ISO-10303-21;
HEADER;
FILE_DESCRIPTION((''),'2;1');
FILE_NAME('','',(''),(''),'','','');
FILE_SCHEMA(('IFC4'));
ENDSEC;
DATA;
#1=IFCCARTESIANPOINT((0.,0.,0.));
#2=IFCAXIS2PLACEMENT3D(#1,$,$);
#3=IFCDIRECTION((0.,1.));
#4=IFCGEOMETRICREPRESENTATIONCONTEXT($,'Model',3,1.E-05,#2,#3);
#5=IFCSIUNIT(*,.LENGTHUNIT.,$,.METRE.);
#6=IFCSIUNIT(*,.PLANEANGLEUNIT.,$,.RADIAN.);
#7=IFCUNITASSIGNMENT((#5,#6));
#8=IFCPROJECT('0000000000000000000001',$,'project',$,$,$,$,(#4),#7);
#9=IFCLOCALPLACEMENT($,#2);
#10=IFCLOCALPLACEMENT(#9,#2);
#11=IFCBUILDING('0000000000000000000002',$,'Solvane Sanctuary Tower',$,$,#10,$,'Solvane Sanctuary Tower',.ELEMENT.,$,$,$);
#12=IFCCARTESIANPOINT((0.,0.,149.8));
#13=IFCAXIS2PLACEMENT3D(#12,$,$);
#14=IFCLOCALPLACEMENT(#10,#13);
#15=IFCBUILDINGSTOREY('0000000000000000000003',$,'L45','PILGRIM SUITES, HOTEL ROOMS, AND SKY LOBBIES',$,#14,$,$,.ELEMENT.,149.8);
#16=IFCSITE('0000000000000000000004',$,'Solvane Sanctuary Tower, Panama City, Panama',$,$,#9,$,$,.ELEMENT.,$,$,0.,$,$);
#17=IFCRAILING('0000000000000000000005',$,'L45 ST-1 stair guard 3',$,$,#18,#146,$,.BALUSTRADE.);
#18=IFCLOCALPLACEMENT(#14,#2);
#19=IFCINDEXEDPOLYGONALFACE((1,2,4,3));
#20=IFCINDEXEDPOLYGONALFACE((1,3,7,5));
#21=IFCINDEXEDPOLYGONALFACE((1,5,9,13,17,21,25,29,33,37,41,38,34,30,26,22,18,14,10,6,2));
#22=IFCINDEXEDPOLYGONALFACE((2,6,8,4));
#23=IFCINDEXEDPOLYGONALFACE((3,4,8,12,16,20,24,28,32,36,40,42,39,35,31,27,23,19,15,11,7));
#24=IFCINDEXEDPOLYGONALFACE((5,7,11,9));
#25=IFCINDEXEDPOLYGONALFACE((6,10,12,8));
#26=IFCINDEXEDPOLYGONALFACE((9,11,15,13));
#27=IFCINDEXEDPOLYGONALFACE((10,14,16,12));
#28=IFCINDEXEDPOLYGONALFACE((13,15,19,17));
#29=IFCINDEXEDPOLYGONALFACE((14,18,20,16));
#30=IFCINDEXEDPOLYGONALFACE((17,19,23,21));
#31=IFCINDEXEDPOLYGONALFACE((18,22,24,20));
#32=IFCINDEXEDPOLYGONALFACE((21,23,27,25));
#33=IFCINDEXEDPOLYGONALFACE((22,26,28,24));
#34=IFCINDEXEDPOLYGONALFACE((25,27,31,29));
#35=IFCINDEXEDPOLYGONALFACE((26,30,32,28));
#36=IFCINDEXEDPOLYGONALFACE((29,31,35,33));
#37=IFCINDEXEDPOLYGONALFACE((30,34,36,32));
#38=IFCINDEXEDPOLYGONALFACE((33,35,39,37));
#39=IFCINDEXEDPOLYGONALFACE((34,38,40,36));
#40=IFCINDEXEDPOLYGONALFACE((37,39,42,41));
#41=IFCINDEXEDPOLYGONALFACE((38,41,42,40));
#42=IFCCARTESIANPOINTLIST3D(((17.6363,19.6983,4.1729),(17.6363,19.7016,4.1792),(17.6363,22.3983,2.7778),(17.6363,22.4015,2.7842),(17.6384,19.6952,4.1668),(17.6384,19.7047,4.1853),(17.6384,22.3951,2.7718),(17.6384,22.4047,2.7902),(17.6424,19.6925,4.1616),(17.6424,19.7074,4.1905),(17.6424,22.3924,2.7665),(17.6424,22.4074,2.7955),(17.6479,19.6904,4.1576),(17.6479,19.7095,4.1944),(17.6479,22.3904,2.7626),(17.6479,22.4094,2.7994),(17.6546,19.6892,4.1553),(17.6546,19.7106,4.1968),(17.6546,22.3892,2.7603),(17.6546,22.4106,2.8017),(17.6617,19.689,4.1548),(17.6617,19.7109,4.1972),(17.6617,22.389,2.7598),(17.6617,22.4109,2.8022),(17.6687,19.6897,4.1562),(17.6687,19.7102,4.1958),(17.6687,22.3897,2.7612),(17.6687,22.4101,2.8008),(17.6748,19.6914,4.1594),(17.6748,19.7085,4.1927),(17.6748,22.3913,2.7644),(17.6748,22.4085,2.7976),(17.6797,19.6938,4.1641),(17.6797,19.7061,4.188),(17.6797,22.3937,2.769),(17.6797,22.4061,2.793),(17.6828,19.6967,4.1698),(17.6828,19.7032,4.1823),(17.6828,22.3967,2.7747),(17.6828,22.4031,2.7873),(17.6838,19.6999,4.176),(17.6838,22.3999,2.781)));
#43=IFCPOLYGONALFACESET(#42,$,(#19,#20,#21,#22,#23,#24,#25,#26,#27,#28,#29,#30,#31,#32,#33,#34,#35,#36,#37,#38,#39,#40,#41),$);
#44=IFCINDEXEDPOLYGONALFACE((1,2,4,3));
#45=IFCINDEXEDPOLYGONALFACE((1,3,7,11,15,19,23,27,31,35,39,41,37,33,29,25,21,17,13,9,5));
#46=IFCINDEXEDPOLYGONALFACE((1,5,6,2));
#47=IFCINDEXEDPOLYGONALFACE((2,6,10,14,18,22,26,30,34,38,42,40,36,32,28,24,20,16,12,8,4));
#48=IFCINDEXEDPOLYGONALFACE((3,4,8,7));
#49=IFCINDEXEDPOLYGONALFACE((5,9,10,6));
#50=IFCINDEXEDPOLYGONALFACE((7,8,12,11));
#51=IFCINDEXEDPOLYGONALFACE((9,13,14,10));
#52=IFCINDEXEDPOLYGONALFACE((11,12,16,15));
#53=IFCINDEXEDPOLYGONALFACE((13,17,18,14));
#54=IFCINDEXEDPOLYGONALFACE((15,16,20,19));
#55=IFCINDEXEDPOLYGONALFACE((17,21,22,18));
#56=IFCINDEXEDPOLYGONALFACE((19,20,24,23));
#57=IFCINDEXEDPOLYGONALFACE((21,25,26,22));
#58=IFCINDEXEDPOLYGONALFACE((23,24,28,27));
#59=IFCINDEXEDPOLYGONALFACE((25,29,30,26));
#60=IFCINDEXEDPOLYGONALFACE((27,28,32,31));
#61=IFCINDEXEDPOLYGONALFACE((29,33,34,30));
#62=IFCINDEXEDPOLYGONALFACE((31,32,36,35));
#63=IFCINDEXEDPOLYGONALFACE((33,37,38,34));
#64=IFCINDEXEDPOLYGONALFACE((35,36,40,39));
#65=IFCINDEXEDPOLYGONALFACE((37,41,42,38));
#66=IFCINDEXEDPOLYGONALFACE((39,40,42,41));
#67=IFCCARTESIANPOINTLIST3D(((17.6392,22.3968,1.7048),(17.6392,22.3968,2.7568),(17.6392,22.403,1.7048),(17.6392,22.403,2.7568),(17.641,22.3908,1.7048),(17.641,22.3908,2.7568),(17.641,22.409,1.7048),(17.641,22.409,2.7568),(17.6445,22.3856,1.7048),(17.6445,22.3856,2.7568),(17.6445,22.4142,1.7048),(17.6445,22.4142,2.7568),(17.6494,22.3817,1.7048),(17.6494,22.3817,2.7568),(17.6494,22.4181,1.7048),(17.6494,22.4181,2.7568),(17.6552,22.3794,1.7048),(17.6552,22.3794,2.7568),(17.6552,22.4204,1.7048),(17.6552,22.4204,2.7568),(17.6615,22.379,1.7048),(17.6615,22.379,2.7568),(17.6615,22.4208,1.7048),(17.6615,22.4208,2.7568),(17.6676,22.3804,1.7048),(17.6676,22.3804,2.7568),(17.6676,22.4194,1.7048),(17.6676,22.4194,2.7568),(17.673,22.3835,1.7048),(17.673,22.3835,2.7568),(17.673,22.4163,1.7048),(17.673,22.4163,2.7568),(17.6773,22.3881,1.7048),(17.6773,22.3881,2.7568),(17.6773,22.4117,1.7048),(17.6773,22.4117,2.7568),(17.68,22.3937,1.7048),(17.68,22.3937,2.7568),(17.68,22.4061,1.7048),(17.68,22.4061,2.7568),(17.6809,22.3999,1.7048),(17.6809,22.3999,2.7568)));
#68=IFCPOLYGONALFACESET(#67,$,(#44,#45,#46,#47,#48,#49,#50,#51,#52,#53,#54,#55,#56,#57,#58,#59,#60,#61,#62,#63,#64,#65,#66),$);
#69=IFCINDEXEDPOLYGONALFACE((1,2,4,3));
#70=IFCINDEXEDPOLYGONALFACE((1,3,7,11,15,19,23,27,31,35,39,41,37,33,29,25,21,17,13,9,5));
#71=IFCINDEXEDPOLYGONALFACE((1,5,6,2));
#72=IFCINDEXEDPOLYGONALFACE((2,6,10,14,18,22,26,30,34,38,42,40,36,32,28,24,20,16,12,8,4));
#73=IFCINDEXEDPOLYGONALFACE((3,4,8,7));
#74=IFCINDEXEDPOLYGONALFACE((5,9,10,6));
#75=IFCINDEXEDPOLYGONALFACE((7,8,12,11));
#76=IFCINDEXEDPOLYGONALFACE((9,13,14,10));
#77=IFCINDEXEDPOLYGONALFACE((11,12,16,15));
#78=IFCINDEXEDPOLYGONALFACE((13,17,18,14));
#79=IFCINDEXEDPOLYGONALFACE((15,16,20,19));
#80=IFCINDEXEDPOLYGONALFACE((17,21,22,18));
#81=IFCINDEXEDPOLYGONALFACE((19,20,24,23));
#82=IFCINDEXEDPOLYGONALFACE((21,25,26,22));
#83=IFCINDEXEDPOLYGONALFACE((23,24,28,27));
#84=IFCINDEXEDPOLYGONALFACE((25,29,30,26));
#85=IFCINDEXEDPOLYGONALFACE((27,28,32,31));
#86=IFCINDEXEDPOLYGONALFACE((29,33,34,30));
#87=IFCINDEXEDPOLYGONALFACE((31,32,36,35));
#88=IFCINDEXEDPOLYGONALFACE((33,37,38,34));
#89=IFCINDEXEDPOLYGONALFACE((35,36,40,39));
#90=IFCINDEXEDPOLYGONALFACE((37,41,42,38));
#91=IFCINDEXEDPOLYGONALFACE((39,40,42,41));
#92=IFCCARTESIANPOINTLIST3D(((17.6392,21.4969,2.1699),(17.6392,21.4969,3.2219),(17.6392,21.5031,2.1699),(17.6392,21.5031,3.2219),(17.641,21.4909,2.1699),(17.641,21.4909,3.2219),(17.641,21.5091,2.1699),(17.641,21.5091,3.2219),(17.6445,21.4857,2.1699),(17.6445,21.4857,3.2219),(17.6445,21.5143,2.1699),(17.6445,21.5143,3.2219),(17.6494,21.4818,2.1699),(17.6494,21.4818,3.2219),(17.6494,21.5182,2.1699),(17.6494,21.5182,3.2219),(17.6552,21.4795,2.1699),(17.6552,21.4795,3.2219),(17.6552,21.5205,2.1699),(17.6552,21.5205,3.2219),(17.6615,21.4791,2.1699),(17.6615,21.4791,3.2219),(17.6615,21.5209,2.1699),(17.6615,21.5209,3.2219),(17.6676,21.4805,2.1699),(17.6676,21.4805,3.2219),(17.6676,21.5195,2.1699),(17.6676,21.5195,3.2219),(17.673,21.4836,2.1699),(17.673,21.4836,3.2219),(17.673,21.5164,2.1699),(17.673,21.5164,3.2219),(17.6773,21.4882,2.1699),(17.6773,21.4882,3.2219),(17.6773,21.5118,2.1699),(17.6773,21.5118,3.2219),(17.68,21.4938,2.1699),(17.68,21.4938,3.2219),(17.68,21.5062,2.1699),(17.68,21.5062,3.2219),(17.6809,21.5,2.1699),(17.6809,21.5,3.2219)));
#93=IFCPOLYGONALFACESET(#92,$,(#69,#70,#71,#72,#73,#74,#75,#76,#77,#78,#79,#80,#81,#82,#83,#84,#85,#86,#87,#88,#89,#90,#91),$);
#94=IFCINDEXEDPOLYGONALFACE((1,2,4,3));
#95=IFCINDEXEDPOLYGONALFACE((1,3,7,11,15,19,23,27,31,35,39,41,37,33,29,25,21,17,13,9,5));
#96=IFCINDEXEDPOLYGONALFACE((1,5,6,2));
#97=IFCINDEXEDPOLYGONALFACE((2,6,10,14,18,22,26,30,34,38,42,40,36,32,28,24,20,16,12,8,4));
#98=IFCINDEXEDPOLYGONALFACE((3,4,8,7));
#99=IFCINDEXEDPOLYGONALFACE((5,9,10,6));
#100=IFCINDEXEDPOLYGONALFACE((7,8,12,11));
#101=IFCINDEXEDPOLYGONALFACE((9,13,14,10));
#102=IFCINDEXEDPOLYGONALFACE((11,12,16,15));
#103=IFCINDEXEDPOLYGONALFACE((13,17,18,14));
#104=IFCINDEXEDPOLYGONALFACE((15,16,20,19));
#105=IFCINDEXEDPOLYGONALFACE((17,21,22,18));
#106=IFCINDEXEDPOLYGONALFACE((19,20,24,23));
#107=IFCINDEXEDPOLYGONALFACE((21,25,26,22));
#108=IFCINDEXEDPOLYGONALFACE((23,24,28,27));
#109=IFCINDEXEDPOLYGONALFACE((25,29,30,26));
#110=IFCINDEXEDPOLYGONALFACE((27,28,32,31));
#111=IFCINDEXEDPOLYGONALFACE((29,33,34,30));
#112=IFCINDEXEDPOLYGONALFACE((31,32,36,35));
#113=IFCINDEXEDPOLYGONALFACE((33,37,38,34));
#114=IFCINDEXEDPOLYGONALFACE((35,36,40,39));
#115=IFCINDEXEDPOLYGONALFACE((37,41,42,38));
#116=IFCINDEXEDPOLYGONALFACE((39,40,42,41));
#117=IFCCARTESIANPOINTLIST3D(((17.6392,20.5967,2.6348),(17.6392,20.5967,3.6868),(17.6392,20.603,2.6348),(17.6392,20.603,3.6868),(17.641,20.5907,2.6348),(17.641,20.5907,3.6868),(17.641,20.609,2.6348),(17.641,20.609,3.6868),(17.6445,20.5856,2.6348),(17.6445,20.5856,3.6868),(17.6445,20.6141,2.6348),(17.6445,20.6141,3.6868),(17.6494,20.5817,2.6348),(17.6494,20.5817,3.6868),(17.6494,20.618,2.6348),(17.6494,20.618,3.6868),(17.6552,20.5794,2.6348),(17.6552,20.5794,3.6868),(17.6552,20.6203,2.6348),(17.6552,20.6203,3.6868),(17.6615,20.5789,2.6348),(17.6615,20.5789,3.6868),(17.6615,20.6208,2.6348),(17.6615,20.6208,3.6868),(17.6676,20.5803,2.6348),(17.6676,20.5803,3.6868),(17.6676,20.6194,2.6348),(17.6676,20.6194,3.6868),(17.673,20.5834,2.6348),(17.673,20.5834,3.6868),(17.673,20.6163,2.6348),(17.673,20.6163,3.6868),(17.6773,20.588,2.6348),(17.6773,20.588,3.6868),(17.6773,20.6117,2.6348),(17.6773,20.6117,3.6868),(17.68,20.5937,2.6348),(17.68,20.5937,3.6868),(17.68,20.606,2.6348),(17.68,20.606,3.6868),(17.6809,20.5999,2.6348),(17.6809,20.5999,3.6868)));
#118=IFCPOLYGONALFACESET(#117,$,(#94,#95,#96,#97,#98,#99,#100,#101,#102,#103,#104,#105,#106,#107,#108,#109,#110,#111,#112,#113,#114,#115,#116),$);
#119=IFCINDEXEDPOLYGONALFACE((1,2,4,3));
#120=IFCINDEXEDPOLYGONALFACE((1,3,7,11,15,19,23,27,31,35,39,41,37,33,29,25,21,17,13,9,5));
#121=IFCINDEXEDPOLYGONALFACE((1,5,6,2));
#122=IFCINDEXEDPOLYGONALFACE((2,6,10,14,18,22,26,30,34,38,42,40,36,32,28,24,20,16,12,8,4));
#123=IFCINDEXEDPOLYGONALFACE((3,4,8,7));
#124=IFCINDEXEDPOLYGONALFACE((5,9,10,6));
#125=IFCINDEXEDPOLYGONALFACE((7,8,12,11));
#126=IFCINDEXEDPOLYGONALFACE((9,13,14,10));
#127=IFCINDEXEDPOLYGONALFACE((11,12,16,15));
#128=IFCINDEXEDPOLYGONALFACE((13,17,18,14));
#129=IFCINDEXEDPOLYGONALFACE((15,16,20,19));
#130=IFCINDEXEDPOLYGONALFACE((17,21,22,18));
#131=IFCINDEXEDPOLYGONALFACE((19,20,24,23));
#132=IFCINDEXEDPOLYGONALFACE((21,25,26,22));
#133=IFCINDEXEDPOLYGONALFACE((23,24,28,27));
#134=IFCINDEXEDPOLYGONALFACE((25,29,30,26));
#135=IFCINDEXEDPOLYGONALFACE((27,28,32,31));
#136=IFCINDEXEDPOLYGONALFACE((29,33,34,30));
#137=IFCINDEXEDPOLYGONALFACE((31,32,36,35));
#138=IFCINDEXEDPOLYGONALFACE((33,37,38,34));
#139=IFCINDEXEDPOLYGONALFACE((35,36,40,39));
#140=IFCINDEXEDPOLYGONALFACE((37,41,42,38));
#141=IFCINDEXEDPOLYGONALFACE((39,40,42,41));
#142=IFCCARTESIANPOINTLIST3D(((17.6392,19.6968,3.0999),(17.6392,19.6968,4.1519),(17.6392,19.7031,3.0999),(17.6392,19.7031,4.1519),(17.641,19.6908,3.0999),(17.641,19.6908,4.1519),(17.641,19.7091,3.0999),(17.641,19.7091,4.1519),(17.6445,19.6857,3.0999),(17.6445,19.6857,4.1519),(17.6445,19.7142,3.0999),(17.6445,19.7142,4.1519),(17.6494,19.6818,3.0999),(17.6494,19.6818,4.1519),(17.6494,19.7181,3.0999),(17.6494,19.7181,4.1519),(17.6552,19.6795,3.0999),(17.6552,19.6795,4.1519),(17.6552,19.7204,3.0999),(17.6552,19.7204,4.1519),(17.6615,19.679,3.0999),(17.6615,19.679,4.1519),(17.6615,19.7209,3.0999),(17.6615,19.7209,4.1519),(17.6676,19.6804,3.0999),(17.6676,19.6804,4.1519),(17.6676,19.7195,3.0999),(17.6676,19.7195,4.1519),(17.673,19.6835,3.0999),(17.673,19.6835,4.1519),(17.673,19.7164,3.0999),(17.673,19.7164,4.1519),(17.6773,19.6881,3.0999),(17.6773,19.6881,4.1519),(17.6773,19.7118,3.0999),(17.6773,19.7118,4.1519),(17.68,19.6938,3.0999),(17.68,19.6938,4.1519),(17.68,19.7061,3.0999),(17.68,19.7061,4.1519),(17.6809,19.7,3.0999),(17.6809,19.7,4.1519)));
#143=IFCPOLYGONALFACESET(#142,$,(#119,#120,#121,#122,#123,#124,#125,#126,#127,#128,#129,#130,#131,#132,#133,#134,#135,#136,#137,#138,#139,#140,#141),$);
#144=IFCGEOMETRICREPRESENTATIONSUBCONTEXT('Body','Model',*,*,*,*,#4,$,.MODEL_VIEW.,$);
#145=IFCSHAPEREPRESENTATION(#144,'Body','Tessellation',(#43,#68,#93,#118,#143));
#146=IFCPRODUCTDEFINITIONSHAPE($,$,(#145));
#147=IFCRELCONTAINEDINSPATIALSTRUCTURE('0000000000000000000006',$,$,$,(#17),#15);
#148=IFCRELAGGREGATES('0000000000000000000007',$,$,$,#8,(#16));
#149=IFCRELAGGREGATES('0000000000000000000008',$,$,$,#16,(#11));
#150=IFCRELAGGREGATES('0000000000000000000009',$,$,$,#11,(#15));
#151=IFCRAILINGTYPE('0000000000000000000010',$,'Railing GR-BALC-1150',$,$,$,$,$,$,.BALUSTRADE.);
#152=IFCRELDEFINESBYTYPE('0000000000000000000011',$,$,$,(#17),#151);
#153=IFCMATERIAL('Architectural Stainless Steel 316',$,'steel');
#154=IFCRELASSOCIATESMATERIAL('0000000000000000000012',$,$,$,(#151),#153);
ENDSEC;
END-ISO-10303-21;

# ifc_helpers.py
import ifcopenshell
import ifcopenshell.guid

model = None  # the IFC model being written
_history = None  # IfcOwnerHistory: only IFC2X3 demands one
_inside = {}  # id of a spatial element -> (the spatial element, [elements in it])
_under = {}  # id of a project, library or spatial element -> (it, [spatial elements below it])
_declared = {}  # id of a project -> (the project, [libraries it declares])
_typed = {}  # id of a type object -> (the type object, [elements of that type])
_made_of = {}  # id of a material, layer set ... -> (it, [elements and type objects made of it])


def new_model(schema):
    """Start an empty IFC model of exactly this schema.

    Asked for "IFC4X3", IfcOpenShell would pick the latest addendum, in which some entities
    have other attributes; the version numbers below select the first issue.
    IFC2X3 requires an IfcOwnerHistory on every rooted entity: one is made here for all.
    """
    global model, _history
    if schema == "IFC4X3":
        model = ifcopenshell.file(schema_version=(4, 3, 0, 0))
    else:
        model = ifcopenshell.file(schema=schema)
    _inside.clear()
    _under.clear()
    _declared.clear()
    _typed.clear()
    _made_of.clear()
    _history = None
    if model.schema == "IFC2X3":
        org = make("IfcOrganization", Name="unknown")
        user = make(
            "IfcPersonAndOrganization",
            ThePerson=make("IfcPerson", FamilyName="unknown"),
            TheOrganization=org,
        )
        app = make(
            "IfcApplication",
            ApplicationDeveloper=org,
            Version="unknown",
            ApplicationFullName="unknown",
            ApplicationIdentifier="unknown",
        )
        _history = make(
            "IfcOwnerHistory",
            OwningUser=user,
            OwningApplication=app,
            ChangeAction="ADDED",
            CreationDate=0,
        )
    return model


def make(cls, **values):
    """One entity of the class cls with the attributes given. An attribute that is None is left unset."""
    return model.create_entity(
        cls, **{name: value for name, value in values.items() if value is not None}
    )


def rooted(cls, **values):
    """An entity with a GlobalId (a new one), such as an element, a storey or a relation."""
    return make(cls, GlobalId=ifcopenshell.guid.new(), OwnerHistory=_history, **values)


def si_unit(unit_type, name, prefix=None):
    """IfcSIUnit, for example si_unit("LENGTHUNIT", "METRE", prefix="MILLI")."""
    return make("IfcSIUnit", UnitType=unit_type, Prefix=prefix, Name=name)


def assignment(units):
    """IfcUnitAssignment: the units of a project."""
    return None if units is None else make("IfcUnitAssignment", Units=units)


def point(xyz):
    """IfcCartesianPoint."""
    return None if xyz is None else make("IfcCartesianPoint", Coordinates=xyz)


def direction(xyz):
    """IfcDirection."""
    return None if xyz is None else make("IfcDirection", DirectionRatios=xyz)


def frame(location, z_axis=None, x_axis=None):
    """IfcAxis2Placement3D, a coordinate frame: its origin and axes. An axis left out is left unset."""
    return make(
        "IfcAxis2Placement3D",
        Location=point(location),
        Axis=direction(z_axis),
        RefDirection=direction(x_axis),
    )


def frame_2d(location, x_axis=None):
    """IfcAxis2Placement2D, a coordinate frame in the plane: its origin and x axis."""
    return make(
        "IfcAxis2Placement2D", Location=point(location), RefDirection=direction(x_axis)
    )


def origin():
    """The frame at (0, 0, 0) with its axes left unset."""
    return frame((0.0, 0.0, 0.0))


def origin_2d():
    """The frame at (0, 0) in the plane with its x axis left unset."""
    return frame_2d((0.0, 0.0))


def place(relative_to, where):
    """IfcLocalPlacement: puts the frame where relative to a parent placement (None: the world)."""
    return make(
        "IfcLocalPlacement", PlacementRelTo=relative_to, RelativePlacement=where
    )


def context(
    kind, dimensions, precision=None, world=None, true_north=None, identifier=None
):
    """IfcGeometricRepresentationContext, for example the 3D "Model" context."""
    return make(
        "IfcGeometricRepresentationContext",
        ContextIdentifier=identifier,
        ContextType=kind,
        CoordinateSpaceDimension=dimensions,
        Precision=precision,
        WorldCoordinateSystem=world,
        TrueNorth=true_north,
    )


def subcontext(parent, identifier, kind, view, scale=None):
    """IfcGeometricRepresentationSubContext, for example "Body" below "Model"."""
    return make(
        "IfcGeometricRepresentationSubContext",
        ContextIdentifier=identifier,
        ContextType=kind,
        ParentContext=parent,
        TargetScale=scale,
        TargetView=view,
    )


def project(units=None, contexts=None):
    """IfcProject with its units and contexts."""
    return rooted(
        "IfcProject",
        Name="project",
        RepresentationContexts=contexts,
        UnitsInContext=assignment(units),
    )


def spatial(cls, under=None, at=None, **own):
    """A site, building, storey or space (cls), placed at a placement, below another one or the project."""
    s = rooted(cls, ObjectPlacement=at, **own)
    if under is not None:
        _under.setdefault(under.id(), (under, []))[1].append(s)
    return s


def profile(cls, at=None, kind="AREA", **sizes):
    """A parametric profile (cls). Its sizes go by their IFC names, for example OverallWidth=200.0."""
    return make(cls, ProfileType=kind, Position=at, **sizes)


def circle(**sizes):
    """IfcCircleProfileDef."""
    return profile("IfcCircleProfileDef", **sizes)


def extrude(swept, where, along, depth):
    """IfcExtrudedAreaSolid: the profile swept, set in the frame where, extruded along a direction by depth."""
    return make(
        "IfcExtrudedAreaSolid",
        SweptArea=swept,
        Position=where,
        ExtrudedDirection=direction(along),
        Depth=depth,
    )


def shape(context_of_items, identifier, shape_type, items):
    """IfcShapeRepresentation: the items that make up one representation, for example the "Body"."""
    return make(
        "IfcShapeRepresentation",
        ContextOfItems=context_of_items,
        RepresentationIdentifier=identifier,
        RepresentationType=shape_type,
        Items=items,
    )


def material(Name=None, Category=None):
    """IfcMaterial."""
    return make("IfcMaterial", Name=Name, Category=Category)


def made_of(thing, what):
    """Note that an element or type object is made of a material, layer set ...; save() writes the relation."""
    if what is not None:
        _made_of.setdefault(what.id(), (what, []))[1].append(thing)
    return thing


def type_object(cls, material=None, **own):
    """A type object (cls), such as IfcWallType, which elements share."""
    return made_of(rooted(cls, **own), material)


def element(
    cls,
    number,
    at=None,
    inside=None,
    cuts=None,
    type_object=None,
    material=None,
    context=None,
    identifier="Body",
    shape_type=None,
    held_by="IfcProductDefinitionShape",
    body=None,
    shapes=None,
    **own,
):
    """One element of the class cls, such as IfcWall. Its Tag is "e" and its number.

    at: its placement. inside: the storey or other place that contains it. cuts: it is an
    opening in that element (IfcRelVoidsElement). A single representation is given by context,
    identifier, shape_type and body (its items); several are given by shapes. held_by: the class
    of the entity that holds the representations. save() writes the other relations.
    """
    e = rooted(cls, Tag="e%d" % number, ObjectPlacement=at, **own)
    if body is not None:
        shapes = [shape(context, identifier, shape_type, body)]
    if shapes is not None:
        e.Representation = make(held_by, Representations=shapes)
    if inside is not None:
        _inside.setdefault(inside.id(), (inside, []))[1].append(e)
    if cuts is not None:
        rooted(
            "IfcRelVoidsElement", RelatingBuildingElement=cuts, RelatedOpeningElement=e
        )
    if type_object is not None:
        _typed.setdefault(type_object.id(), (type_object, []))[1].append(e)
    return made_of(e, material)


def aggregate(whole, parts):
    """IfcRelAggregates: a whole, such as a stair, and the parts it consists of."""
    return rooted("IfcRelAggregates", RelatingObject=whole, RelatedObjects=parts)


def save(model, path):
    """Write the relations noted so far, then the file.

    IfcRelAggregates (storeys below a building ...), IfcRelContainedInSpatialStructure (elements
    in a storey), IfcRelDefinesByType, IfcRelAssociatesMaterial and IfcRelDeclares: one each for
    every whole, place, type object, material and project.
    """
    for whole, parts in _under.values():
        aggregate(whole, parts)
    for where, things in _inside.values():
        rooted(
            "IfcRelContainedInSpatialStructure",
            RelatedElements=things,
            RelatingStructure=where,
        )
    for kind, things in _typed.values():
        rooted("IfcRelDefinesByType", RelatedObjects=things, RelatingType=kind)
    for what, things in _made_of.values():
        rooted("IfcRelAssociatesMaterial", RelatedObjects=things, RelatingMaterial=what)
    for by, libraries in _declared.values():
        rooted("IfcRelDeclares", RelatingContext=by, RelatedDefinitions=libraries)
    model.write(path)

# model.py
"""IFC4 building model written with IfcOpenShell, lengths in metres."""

from ifc_helpers import new_model, si_unit, direction, frame, origin, origin_2d, place, context, subcontext, project, spatial, circle, extrude, material, type_object, element, save


model = new_model("IFC4")

# Units and contexts
model_context = context("Model", 3, precision=1e-05, world=origin(), true_north=direction((0.0, 1.0)))
body_context = subcontext(model_context, "Body", "Model", "MODEL_VIEW")
ifc_project = project(units=[si_unit("LENGTHUNIT", "METRE"), si_unit("PLANEANGLEUNIT", "RADIAN")], contexts=[model_context])

# Site, building, storey
site_placement = place(None, origin())
site = spatial("IfcSite", under=ifc_project, at=site_placement, Name="Solvane Sanctuary Tower, Panama City, Panama", CompositionType="ELEMENT", RefElevation=0.0)
building_placement = place(site_placement, origin())
building = spatial("IfcBuilding", under=site, at=building_placement, Name="Solvane Sanctuary Tower", LongName="Solvane Sanctuary Tower", CompositionType="ELEMENT")
storey_placement = place(building_placement, frame((0.0, 0.0, 149.8)))
storey = spatial("IfcBuildingStorey", under=building, at=storey_placement, Name="L45", Description="PILGRIM SUITES, HOTEL ROOMS, AND SKY LOBBIES", CompositionType="ELEMENT", Elevation=149.8)

# Shared definitions
ifc_material_1 = material(Name="Architectural Stainless Steel 316", Category="steel")

# Railing
railing_type_1 = type_object("IfcRailingType", Name="Railing GR-BALC-1150", PredefinedType="BALUSTRADE", material=ifc_material_1)
railing_1_placement = place(storey_placement, frame((17.6599, 22.3999, 1.7048)))
element("IfcRailing", 1, at=railing_1_placement, inside=storey, type_object=railing_type_1, Name="L45 ST-1 stair guard 3", PredefinedType="BALUSTRADE", context=body_context, shape_type="SweptSolid", body=[
    extrude(circle(Radius=0.0239, at=origin_2d()), frame((0.0, 0.0, 1.0762), z_axis=(0.0, -0.88842, 0.459032), x_axis=(1.0, 0.0, 0.0)), (0.0, 0.0, 1.0), 3.0391),
    extrude(circle(Radius=0.021, at=origin_2d()), origin(), (0.0, 0.0, 1.0), 1.052),
    extrude(circle(Radius=0.021, at=origin_2d()), frame((0.0, -0.8999, 0.4651)), (0.0, 0.0, 1.0), 1.052),
    extrude(circle(Radius=0.021, at=origin_2d()), frame((0.0, -1.8, 0.9299)), (0.0, 0.0, 1.0), 1.052),
    extrude(circle(Radius=0.021, at=origin_2d()), frame((0.0, -2.7, 1.395)), (0.0, 0.0, 1.0), 1.052),
])

save(model, "model.ifc")
